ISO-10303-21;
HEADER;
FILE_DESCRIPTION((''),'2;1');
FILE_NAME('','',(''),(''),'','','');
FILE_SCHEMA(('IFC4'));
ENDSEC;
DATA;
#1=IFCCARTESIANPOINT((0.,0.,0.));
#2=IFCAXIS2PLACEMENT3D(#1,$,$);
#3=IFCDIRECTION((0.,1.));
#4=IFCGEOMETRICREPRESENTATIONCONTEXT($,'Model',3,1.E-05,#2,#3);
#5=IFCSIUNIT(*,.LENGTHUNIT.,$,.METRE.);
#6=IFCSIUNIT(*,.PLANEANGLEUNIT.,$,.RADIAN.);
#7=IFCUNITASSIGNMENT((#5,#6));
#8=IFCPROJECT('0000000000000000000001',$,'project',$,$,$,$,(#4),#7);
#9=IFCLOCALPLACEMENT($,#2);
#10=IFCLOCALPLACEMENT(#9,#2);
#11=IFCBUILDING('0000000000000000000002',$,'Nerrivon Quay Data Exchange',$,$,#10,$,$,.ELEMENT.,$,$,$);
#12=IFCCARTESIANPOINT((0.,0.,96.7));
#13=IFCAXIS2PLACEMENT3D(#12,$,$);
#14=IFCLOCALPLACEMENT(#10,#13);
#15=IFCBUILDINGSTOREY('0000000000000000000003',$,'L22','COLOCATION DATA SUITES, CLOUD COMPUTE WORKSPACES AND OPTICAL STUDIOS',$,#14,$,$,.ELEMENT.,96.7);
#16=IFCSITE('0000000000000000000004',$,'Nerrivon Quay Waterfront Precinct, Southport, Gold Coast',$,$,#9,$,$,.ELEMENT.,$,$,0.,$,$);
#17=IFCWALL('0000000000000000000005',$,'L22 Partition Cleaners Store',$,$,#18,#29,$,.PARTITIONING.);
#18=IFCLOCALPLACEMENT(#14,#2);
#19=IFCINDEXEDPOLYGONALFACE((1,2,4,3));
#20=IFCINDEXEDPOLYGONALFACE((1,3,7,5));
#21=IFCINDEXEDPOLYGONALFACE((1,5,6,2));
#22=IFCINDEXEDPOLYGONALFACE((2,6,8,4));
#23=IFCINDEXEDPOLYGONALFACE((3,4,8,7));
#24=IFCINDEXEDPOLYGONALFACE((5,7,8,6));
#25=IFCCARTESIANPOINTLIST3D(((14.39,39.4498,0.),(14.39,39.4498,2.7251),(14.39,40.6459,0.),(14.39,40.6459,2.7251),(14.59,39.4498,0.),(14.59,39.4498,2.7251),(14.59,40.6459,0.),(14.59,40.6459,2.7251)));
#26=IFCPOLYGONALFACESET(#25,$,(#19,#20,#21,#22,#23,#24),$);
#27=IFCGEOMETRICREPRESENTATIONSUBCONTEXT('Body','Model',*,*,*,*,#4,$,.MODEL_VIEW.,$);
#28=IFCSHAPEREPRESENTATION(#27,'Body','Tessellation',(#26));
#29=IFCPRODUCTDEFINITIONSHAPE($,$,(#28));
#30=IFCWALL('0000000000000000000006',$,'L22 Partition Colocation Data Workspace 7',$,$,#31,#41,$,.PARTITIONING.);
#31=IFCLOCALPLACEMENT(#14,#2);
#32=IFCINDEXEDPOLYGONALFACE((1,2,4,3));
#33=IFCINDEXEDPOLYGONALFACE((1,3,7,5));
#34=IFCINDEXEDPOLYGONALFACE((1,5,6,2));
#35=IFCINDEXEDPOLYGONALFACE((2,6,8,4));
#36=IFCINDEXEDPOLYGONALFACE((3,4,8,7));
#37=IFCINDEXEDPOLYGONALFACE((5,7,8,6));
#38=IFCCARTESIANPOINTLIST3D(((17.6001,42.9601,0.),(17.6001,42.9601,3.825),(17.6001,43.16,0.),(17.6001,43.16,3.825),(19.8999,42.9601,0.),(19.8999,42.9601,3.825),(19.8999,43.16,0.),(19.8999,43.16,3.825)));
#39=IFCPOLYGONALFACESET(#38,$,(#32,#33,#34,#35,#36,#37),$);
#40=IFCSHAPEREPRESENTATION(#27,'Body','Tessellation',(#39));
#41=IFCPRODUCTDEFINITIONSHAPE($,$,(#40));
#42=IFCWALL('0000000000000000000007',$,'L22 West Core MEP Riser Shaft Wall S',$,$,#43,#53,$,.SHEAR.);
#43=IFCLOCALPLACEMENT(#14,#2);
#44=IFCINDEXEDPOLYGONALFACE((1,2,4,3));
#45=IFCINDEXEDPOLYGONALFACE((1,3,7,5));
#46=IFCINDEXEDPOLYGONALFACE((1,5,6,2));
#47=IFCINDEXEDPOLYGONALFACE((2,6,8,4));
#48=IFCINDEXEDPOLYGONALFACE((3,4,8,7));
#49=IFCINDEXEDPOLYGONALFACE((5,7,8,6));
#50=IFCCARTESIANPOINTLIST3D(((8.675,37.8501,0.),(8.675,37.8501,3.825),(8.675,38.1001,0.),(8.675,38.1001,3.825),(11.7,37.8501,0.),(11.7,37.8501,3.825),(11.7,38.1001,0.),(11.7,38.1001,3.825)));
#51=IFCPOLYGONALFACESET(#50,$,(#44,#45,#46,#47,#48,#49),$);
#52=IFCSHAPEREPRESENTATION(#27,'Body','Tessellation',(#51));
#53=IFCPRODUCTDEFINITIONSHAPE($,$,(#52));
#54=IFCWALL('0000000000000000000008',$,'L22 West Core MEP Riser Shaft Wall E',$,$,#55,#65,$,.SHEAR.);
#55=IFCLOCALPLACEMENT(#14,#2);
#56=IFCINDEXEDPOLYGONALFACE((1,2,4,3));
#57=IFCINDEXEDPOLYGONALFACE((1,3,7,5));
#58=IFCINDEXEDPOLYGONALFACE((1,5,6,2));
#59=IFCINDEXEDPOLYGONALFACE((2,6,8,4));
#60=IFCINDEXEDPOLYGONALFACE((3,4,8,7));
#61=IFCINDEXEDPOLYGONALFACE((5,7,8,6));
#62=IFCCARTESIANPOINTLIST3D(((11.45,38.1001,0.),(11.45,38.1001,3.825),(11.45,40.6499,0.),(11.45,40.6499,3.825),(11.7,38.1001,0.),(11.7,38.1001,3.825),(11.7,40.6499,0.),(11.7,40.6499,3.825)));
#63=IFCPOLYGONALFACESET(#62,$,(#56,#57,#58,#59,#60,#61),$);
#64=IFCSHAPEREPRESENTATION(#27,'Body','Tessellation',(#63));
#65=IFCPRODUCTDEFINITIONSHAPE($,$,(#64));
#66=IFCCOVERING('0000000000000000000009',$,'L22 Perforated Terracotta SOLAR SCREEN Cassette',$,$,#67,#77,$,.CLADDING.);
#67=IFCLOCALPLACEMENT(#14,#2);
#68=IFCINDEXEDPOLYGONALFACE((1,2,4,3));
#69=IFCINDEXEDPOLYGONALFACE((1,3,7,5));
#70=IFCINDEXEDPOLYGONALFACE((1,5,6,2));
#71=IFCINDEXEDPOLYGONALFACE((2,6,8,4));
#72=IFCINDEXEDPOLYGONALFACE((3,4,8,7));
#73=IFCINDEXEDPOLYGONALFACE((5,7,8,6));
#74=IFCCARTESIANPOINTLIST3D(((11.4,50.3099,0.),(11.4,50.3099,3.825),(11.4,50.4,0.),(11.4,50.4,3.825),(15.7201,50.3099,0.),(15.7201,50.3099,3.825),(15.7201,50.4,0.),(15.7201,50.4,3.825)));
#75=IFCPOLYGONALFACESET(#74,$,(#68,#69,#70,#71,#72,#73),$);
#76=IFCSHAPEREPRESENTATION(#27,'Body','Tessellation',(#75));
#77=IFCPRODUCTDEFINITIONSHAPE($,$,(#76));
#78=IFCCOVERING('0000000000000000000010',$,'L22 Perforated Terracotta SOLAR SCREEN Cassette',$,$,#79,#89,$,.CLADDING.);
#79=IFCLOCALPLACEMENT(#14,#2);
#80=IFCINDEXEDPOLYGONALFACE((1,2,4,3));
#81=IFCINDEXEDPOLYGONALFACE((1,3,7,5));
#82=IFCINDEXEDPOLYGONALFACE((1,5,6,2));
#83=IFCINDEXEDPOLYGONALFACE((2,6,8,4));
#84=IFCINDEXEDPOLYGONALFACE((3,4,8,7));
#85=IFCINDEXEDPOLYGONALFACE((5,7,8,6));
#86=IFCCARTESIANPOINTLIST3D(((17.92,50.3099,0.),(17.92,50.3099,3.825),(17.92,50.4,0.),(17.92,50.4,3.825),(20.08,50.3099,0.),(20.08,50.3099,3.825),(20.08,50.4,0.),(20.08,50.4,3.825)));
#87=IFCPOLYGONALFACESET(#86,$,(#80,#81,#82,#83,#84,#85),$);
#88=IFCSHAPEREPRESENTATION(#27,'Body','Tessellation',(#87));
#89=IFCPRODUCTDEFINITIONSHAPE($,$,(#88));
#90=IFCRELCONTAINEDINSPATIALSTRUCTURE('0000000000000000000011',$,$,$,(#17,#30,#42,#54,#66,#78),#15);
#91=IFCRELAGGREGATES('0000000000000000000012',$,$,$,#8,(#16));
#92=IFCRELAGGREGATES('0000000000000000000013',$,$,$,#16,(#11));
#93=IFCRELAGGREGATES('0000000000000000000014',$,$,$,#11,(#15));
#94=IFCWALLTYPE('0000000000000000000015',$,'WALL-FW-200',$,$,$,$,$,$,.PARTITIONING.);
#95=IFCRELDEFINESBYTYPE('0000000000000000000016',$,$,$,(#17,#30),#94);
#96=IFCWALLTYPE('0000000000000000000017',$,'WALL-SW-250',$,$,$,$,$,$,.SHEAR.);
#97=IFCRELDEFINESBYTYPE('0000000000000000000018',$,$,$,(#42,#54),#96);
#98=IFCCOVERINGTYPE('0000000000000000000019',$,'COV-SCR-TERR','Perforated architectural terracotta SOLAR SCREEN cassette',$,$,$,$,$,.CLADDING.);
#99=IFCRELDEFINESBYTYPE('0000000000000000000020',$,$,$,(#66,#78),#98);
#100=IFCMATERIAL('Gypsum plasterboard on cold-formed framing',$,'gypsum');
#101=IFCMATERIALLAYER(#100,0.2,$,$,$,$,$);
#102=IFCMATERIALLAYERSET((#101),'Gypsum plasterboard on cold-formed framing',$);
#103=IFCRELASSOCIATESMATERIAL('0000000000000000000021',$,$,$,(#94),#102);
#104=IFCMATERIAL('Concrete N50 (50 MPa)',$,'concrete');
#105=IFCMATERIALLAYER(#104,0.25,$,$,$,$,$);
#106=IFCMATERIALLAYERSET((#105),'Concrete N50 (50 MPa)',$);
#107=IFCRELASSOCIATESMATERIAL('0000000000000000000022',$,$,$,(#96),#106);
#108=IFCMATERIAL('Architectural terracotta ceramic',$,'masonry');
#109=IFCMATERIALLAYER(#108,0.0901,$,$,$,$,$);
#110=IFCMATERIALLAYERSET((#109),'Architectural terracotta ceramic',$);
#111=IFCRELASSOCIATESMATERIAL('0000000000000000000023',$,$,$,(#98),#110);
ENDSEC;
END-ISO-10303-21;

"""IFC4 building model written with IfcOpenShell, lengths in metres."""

from ifc_helpers import new_model, si_unit, direction, frame, frame_2d, origin, origin_2d, place, context, subcontext, project, spatial, rectangle, extrude, material, layer, layer_set, type_object, element, save


model = new_model("IFC4")

# Units and contexts
model_context = context("Model", 3, precision=1e-05, world=origin(), true_north=direction((0.0, 1.0)))
body_context = subcontext(model_context, "Body", "Model", "MODEL_VIEW")
ifc_project = project(units=[si_unit("LENGTHUNIT", "METRE"), si_unit("PLANEANGLEUNIT", "RADIAN")], contexts=[model_context])

# Site, building, storey
site_placement = place(None, origin())
site = spatial("IfcSite", under=ifc_project, at=site_placement, Name="Nerrivon Quay Waterfront Precinct, Southport, Gold Coast", CompositionType="ELEMENT", RefElevation=0.0)
building_placement = place(site_placement, origin())
building = spatial("IfcBuilding", under=site, at=building_placement, Name="Nerrivon Quay Data Exchange", CompositionType="ELEMENT")
storey_placement = place(building_placement, frame((0.0, 0.0, 96.7)))
storey = spatial("IfcBuildingStorey", under=building, at=storey_placement, Name="L22", Description="COLOCATION DATA SUITES, CLOUD COMPUTE WORKSPACES AND OPTICAL STUDIOS", CompositionType="ELEMENT", Elevation=96.7)

# Walls
ifc_material_1 = material(Name="Gypsum plasterboard on cold-formed framing", Category="gypsum")
ifc_layer_1 = layer(ifc_material_1, 0.2)
ifc_layer_set_1 = layer_set([ifc_layer_1], Name="Gypsum plasterboard on cold-formed framing")
wall_type_1 = type_object("IfcWallType", Name="WALL-FW-200", PredefinedType="PARTITIONING", material=ifc_layer_set_1)
wall_1_placement = place(storey_placement, frame((14.49, 40.646, 0.0), z_axis=(0.0, 0.0, 1.0), x_axis=(0.0, -1.0, 0.0)))
element("IfcWall", 1, at=wall_1_placement, inside=storey, type_object=wall_type_1, Name="L22 Partition Cleaners Store", PredefinedType="PARTITIONING", context=body_context, shape_type="SweptSolid", body=[
    extrude(rectangle(XDim=1.196, YDim=0.2, at=frame_2d((0.5981, 0.0))), origin(), (0.0, 0.0, 1.0), 2.7251),
])
wall_2_placement = place(storey_placement, frame((17.6001, 43.0601, 0.0), z_axis=(0.0, 0.0, 1.0), x_axis=(1.0, 0.0, 0.0)))
element("IfcWall", 2, at=wall_2_placement, inside=storey, type_object=wall_type_1, Name="L22 Partition Colocation Data Workspace 7", PredefinedType="PARTITIONING", context=body_context, shape_type="SweptSolid", body=[
    extrude(rectangle(XDim=2.2998, YDim=0.2, at=frame_2d((1.1499, 0.0))), origin(), (0.0, 0.0, 1.0), 3.825),
])
ifc_material_2 = material(Name="Concrete N50 (50 MPa)", Category="concrete")
ifc_layer_2 = layer(ifc_material_2, 0.25)
ifc_layer_set_2 = layer_set([ifc_layer_2], Name="Concrete N50 (50 MPa)")
wall_type_2 = type_object("IfcWallType", Name="WALL-SW-250", PredefinedType="SHEAR", material=ifc_layer_set_2)
wall_3_placement = place(storey_placement, frame((8.675, 37.9751, 0.0), z_axis=(0.0, 0.0, 1.0), x_axis=(1.0, 0.0, 0.0)))
element("IfcWall", 3, at=wall_3_placement, inside=storey, type_object=wall_type_2, Name="L22 West Core MEP Riser Shaft Wall S", PredefinedType="SHEAR", context=body_context, shape_type="SweptSolid", body=[
    extrude(rectangle(XDim=3.0249, YDim=0.25, at=frame_2d((1.5125, 0.0))), origin(), (0.0, 0.0, 1.0), 3.825),
])
wall_4_placement = place(storey_placement, frame((11.575, 38.1001, 0.0), z_axis=(0.0, 0.0, 1.0), x_axis=(0.0, 1.0, 0.0)))
element("IfcWall", 4, at=wall_4_placement, inside=storey, type_object=wall_type_2, Name="L22 West Core MEP Riser Shaft Wall E", PredefinedType="SHEAR", context=body_context, shape_type="SweptSolid", body=[
    extrude(rectangle(XDim=2.5498, YDim=0.25, at=frame_2d((1.2749, 0.0))), origin(), (0.0, 0.0, 1.0), 3.825),
])

# Coverings
ifc_material_3 = material(Name="Architectural terracotta ceramic", Category="masonry")
ifc_layer_3 = layer(ifc_material_3, 0.0901)
ifc_layer_set_3 = layer_set([ifc_layer_3], Name="Architectural terracotta ceramic")
covering_type = type_object("IfcCoveringType", Name="COV-SCR-TERR", Description="Perforated architectural terracotta SOLAR SCREEN cassette", PredefinedType="CLADDING", material=ifc_layer_set_3)
covering_1_placement = place(storey_placement, frame((13.5601, 50.355, 0.0), z_axis=(0.0, 0.0, 1.0), x_axis=(1.0, 0.0, 0.0)))
element("IfcCovering", 5, at=covering_1_placement, inside=storey, type_object=covering_type, Name="L22 Perforated Terracotta SOLAR SCREEN Cassette", PredefinedType="CLADDING", context=body_context, shape_type="SweptSolid", body=[
    extrude(rectangle(XDim=4.3201, YDim=0.0901, at=origin_2d()), origin(), (0.0, 0.0, 1.0), 3.825),
])
covering_2_placement = place(storey_placement, frame((19.0, 50.355, 0.0), z_axis=(0.0, 0.0, 1.0), x_axis=(1.0, 0.0, 0.0)))
element("IfcCovering", 6, at=covering_2_placement, inside=storey, type_object=covering_type, Name="L22 Perforated Terracotta SOLAR SCREEN Cassette", PredefinedType="CLADDING", context=body_context, shape_type="SweptSolid", body=[
    extrude(rectangle(XDim=2.1599, YDim=0.0901, at=origin_2d()), origin(), (0.0, 0.0, 1.0), 3.825),
])

save(model, "model.ifc")
